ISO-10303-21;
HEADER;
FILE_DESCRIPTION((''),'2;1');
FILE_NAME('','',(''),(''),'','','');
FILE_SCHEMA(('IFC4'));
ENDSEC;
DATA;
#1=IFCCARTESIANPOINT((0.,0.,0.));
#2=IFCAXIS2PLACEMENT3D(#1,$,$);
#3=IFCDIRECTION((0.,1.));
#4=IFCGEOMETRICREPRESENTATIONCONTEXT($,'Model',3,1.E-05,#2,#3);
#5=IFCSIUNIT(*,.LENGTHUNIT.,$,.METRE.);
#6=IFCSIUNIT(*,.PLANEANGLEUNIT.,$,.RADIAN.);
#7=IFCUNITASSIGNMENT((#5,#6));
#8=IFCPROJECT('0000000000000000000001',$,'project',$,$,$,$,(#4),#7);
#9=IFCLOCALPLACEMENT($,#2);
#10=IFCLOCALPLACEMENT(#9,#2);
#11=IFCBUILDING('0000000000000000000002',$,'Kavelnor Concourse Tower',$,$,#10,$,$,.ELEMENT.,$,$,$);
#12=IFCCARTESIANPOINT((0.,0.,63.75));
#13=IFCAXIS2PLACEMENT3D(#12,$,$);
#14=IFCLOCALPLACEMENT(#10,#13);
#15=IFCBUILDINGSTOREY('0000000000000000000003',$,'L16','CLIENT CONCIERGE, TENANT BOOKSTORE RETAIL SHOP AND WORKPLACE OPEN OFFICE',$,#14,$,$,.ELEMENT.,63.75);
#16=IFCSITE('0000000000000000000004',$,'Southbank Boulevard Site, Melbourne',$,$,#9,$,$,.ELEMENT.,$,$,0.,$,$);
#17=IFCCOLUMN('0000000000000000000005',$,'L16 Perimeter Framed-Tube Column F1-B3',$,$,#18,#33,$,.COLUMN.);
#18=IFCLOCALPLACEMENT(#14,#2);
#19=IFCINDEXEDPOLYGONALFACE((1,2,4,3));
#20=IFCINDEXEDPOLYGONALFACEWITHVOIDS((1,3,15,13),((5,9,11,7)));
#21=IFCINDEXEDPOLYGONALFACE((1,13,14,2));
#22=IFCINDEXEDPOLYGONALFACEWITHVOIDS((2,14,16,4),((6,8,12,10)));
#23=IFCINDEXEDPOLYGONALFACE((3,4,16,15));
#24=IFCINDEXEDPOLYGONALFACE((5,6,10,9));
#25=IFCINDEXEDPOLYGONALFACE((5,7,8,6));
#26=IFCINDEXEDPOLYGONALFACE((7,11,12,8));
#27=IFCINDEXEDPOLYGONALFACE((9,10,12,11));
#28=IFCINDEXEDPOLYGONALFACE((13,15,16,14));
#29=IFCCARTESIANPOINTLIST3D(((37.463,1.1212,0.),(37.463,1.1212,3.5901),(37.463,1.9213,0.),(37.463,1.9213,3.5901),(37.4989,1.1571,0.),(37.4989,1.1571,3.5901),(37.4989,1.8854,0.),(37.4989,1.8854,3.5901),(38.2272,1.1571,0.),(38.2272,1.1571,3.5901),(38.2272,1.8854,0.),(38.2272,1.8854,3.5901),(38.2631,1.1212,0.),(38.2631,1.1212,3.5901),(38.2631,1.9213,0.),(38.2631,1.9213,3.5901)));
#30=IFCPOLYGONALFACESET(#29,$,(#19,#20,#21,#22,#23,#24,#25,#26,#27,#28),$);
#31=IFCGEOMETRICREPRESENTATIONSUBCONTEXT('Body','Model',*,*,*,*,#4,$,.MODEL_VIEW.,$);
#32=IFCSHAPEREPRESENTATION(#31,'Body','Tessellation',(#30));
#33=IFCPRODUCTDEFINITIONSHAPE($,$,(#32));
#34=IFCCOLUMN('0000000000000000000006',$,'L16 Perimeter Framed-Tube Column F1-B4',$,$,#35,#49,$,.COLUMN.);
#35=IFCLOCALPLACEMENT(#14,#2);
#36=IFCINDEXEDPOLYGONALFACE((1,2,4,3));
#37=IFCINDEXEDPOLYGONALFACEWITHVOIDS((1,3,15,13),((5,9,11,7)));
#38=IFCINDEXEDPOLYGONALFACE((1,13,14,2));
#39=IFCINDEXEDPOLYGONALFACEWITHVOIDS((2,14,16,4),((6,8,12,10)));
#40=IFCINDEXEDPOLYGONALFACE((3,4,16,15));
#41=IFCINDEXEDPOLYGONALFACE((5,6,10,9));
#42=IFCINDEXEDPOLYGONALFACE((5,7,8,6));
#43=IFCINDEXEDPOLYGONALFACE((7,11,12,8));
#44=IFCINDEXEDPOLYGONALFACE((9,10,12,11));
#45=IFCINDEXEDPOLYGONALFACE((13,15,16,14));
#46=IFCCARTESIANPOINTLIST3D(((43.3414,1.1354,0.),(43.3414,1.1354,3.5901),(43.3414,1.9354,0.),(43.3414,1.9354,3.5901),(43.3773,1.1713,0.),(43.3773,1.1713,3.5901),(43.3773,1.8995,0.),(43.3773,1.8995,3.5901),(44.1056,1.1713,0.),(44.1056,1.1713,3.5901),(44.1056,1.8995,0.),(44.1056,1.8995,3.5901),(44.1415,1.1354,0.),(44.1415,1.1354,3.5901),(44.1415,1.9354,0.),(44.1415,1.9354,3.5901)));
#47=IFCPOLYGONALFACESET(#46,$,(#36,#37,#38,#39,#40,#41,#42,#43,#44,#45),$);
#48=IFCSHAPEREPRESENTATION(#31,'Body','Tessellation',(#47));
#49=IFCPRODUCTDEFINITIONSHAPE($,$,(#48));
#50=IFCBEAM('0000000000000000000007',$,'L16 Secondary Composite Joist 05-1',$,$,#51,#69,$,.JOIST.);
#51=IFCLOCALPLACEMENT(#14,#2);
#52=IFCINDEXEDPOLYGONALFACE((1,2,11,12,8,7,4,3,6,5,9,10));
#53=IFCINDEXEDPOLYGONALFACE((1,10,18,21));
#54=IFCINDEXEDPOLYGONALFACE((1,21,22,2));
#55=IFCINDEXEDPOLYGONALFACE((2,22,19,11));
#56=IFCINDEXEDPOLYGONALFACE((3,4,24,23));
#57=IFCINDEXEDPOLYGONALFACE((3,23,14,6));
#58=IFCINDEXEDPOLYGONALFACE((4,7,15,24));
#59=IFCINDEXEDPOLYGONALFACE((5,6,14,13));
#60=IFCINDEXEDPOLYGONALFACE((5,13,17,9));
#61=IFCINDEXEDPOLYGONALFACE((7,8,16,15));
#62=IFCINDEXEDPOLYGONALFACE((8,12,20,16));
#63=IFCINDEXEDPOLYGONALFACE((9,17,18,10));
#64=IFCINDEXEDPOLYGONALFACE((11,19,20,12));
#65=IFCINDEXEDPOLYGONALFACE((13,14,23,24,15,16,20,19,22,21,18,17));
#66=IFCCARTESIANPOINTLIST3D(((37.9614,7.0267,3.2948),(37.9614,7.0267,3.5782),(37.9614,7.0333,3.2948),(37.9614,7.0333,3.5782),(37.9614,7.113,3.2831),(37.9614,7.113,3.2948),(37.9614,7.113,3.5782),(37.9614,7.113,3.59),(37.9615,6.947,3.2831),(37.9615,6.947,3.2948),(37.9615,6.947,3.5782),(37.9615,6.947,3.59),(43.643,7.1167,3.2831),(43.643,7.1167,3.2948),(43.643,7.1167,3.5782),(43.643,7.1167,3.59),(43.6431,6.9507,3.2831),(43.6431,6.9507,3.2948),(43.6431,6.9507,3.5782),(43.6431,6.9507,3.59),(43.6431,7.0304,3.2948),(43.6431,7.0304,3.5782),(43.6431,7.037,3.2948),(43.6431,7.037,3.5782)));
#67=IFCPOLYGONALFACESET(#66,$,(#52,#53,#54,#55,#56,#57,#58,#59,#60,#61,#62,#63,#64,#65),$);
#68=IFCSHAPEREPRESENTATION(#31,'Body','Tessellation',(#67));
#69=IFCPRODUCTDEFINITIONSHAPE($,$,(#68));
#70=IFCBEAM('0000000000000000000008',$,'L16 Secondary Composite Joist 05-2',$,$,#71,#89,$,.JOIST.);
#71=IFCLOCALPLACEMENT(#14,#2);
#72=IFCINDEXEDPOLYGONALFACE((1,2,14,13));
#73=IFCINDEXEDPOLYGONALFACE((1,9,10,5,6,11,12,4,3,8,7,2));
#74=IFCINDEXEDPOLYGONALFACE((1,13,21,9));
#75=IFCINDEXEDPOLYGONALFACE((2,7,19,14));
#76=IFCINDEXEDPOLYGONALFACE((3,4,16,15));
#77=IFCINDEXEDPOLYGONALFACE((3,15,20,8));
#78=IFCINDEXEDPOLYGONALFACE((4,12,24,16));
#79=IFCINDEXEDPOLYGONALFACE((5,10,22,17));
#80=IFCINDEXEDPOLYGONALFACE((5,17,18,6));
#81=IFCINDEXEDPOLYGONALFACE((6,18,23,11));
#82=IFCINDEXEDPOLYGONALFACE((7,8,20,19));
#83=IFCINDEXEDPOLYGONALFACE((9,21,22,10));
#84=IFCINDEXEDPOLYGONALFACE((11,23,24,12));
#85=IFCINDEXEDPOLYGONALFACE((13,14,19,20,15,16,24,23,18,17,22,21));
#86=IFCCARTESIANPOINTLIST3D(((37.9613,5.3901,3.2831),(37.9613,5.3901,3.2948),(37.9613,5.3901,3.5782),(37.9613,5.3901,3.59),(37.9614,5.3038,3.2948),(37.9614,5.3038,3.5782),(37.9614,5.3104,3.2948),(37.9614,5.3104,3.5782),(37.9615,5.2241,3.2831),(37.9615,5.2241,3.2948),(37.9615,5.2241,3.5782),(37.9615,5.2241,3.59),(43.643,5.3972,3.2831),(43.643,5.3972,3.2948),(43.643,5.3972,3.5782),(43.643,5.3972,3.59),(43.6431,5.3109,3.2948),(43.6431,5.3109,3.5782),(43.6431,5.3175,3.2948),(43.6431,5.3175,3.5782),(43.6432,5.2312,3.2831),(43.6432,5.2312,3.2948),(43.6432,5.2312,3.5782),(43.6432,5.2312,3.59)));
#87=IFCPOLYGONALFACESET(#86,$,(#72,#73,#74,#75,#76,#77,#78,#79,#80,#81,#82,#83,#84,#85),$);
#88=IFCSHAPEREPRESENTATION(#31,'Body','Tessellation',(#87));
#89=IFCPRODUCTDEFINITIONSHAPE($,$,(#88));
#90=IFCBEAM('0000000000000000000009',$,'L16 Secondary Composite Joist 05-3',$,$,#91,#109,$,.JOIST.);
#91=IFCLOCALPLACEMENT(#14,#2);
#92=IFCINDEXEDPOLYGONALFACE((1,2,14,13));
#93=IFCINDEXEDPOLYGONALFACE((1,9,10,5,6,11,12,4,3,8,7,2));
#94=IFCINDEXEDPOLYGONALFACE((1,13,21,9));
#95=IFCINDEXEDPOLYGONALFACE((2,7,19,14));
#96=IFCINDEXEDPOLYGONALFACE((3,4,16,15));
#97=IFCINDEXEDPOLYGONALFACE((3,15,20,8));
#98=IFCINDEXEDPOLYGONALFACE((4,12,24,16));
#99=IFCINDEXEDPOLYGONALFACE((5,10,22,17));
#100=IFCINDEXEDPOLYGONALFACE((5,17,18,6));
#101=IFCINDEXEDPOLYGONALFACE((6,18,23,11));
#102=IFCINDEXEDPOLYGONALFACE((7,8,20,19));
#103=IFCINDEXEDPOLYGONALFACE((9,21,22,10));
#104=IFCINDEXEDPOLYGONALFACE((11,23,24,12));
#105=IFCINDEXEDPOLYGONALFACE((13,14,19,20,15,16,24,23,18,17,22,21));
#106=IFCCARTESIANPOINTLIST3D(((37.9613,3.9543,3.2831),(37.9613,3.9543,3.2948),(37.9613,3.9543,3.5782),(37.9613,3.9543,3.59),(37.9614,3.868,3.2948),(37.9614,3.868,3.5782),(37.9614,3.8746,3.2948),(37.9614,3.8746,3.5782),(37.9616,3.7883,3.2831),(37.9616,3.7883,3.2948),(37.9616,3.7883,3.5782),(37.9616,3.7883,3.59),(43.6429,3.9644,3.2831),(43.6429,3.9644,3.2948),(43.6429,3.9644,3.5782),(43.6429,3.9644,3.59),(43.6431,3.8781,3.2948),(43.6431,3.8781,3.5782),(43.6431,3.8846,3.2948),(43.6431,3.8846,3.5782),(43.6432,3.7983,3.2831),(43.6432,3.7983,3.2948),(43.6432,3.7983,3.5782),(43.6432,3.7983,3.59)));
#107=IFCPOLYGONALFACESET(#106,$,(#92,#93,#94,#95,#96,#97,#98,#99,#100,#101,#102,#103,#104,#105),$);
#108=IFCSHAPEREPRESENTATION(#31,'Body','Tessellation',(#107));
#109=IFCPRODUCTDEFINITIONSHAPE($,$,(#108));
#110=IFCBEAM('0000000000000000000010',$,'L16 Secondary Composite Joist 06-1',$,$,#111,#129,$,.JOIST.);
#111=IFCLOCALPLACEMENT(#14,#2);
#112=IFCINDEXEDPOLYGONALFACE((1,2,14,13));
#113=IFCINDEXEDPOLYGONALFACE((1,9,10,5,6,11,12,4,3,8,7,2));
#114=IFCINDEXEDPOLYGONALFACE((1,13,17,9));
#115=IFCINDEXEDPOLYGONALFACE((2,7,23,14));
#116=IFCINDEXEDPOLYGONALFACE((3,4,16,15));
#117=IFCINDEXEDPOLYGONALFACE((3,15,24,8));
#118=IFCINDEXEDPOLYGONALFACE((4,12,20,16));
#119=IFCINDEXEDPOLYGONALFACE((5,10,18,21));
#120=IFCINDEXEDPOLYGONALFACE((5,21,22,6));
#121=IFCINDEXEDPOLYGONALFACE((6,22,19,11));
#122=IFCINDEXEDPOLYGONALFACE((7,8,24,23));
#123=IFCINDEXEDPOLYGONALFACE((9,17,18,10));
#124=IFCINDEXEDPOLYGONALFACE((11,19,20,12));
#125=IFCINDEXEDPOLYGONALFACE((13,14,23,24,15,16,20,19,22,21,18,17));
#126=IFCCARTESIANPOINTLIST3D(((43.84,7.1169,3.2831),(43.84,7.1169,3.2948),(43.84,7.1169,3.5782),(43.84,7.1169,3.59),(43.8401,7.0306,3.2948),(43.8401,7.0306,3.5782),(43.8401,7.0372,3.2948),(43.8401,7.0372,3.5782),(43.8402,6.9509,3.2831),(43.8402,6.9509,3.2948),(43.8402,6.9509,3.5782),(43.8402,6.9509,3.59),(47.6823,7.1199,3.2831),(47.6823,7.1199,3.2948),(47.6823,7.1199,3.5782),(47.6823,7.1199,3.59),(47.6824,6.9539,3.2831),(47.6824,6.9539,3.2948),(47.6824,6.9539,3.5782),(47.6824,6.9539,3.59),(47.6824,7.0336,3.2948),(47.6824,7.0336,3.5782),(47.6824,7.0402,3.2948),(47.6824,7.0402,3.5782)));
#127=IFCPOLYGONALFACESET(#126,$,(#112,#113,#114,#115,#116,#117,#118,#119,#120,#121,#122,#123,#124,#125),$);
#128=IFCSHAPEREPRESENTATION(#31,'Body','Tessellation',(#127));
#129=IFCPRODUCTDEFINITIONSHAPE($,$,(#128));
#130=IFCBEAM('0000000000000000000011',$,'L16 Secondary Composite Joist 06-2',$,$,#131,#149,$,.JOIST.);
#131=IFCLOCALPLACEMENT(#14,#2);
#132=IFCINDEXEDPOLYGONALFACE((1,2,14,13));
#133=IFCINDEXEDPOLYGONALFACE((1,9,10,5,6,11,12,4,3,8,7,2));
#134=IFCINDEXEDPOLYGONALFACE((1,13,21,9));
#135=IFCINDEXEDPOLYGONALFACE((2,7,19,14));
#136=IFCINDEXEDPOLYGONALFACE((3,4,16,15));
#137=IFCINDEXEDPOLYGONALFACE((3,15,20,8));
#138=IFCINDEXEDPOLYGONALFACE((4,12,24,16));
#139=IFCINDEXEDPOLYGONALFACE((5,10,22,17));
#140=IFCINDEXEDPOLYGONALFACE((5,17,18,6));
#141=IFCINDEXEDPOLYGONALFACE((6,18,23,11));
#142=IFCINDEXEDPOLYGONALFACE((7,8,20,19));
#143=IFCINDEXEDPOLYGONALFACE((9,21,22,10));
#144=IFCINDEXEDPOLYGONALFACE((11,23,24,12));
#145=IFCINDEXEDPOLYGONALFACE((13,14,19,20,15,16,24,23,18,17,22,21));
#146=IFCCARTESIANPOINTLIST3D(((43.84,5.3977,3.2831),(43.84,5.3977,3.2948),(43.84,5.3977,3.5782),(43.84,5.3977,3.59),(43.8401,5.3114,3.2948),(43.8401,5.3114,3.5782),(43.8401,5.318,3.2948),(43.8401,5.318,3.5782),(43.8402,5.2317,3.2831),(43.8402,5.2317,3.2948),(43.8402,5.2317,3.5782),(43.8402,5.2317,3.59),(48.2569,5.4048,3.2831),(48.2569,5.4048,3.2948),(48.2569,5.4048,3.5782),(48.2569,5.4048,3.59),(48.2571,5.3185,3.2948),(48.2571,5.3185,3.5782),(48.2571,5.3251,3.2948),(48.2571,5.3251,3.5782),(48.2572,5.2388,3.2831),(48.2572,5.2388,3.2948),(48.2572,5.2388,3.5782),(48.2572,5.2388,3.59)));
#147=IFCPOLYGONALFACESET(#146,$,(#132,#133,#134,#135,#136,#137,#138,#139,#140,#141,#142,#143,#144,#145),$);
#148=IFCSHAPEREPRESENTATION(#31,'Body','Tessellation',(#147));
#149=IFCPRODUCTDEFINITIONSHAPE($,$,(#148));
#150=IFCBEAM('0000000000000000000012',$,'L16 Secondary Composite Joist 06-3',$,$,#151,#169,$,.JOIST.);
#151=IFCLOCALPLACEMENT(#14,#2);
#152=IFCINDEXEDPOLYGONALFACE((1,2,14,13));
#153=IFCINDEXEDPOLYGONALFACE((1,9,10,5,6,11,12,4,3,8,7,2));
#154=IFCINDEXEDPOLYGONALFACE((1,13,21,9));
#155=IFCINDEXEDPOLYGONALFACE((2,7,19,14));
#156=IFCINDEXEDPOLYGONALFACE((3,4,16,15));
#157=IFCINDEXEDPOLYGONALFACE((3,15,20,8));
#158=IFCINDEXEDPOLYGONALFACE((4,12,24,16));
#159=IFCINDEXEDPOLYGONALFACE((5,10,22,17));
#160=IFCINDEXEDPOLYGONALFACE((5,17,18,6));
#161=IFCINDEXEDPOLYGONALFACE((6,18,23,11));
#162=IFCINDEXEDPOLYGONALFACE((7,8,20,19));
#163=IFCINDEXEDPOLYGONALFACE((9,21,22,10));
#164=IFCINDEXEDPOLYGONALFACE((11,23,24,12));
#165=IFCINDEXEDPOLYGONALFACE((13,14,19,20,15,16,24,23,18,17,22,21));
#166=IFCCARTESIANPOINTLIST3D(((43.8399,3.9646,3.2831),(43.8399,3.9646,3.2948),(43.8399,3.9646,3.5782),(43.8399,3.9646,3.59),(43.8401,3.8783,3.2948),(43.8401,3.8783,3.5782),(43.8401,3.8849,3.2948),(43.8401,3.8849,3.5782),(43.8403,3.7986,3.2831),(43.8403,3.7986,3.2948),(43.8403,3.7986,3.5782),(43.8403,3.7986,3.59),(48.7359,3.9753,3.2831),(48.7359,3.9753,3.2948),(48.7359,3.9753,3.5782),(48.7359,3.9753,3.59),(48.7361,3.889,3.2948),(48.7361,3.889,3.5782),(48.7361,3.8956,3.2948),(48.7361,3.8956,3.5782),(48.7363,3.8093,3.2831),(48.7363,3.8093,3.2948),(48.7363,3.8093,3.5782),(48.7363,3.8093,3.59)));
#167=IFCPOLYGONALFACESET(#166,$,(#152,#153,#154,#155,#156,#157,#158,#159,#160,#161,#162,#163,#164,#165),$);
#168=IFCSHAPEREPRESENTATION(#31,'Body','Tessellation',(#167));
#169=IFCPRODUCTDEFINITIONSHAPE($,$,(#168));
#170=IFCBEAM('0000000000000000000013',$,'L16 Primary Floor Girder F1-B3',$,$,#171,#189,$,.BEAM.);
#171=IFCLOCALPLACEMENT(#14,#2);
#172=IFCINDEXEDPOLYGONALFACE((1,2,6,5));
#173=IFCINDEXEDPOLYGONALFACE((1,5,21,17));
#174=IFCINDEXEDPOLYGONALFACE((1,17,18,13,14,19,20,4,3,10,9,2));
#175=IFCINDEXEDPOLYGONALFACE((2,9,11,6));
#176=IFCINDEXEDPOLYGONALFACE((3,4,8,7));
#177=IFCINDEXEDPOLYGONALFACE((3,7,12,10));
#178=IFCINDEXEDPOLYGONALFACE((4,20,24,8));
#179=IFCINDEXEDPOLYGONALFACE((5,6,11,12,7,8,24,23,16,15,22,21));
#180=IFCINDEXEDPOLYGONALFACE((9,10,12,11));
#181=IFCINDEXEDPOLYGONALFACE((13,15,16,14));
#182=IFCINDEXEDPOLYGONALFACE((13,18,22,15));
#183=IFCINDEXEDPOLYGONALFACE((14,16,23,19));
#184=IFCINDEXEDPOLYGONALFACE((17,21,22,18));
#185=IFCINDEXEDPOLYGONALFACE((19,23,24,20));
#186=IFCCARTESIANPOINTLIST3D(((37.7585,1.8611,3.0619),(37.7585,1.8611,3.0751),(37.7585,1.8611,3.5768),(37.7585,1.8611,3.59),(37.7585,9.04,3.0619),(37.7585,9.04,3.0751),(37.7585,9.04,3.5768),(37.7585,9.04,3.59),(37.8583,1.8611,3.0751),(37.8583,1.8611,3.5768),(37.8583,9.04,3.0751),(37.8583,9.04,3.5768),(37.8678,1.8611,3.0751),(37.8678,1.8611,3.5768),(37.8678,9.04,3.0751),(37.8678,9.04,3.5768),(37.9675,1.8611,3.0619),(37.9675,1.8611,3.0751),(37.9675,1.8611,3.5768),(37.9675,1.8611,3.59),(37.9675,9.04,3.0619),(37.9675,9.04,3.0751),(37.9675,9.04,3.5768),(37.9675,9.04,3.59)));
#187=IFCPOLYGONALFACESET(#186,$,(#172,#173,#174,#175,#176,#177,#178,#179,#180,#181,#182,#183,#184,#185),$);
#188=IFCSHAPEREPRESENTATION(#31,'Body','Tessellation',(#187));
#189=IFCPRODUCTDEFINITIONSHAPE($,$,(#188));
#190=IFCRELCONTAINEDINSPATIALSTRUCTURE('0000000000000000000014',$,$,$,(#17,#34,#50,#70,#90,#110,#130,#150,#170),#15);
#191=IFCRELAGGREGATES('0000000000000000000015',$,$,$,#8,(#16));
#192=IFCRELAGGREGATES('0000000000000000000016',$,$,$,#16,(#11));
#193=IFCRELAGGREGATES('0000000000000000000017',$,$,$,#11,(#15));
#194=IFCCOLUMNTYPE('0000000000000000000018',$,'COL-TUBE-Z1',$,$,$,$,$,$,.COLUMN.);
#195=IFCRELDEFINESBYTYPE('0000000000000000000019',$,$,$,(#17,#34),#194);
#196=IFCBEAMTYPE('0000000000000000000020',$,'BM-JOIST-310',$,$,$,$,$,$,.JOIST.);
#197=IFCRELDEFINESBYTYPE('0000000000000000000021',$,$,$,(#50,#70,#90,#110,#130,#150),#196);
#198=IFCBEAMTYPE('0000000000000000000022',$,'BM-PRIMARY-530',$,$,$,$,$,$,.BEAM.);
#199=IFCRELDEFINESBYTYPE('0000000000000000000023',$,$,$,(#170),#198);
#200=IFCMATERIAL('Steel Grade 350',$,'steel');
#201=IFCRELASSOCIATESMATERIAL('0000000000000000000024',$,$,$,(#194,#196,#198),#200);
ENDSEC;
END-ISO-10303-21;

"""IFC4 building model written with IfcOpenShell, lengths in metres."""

from ifc_helpers import new_model, si_unit, direction, frame, origin, origin_2d, place, context, subcontext, project, spatial, hollow_rectangle, i_section, extrude, material, material_profile, profile_set, type_object, element, save


model = new_model("IFC4")

# Units and contexts
model_context = context("Model", 3, precision=1e-05, world=origin(), true_north=direction((0.0, 1.0)))
body_context = subcontext(model_context, "Body", "Model", "MODEL_VIEW")
ifc_project = project(units=[si_unit("LENGTHUNIT", "METRE"), si_unit("PLANEANGLEUNIT", "RADIAN")], contexts=[model_context])

# Site, building, storey
site_placement = place(None, origin())
site = spatial("IfcSite", under=ifc_project, at=site_placement, Name="Southbank Boulevard Site, Melbourne", CompositionType="ELEMENT", RefElevation=0.0)
building_placement = place(site_placement, origin())
building = spatial("IfcBuilding", under=site, at=building_placement, Name="Kavelnor Concourse Tower", CompositionType="ELEMENT")
storey_placement = place(building_placement, frame((0.0, 0.0, 63.75)))
storey = spatial("IfcBuildingStorey", under=building, at=storey_placement, Name="L16", Description="CLIENT CONCIERGE, TENANT BOOKSTORE RETAIL SHOP AND WORKPLACE OPEN OFFICE", CompositionType="ELEMENT", Elevation=63.75)

# Columns
ifc_material_1 = material(Name="Steel Grade 350", Category="steel")
ifc_material_profile_1 = material_profile(ifc_material_1, hollow_rectangle(XDim=0.8, YDim=0.8, WallThickness=0.0359, at=origin_2d()), Name="SHS 800x800x36")
ifc_profile_set_1 = profile_set([ifc_material_profile_1], Name="Steel Grade 350")
column_type = type_object("IfcColumnType", Name="COL-TUBE-Z1", PredefinedType="COLUMN", material=ifc_profile_set_1)
for number, where, z_axis, x_axis, name in (
    (1, (37.863, 1.5212, 0.0), (0.0, 0.0, 1.0), (1.0, 0.0, 0.0), "L16 Perimeter Framed-Tube Column F1-B3"),
    (2, (43.7415, 1.5354, 0.0), (0.0, 0.0, 1.0), (1.0, 0.0, 0.0), "L16 Perimeter Framed-Tube Column F1-B4"),
):
    element("IfcColumn", number, at=place(storey_placement, frame(where, z_axis=z_axis, x_axis=x_axis)), inside=storey, type_object=column_type, Name=name, PredefinedType="COLUMN", context=body_context, shape_type="SweptSolid", body=[
        extrude(hollow_rectangle(XDim=0.8, YDim=0.8, WallThickness=0.0359, at=origin_2d()), origin(), (0.0, 0.0, 1.0), 3.5901),
    ])

# Beams
ifc_material_profile_2 = material_profile(ifc_material_1, i_section(OverallWidth=0.166, OverallDepth=0.3069, WebThickness=0.0066, FlangeThickness=0.0117, at=origin_2d()), Name="310UB46")
ifc_profile_set_2 = profile_set([ifc_material_profile_2], Name="Steel Grade 350")
beam_type_1 = type_object("IfcBeamType", Name="BM-JOIST-310", PredefinedType="JOIST", material=ifc_profile_set_2)
for number, where, z_axis, x_axis, name in (
    (3, (37.9614, 7.03, 3.4365), (1.0, 0.000645, 0.0), (-0.000645, 1.0, 0.0), "L16 Secondary Composite Joist 05-1"),
    (4, (37.9614, 5.3071, 3.4365), (0.999999, 0.001246, 0.0), (-0.001246, 0.999999, 0.0), "L16 Secondary Composite Joist 05-2"),
    (5, (37.9614, 3.8713, 3.4365), (0.999998, 0.001762, 0.0), (-0.001762, 0.999998, 0.0), "L16 Secondary Composite Joist 05-3"),
):
    element("IfcBeam", number, at=place(storey_placement, frame(where, z_axis=z_axis, x_axis=x_axis)), inside=storey, type_object=beam_type_1, Name=name, PredefinedType="JOIST", context=body_context, shape_type="SweptSolid", body=[
        extrude(i_section(OverallWidth=0.166, OverallDepth=0.3069, WebThickness=0.0066, FlangeThickness=0.0117, at=origin_2d()), origin(), (0.0, 0.0, 1.0), 5.6816),
    ])
beam_1_placement = place(storey_placement, frame((43.8401, 7.0339, 3.4365), z_axis=(1.0, 0.000762, 0.0), x_axis=(-0.000762, 1.0, 0.0)))
element("IfcBeam", 6, at=beam_1_placement, inside=storey, type_object=beam_type_1, Name="L16 Secondary Composite Joist 06-1", PredefinedType="JOIST", context=body_context, shape_type="SweptSolid", body=[
    extrude(i_section(OverallWidth=0.166, OverallDepth=0.3069, WebThickness=0.0066, FlangeThickness=0.0117, at=origin_2d()), origin(), (0.0, 0.0, 1.0), 3.8423),
])
beam_2_placement = place(storey_placement, frame((43.8401, 5.3147, 3.4365), z_axis=(0.999999, 0.001603, 0.0), x_axis=(-0.001603, 0.999999, 0.0)))
element("IfcBeam", 7, at=beam_2_placement, inside=storey, type_object=beam_type_1, Name="L16 Secondary Composite Joist 06-2", PredefinedType="JOIST", context=body_context, shape_type="SweptSolid", body=[
    extrude(i_section(OverallWidth=0.166, OverallDepth=0.3069, WebThickness=0.0066, FlangeThickness=0.0117, at=origin_2d()), origin(), (0.0, 0.0, 1.0), 4.417),
])
beam_3_placement = place(storey_placement, frame((43.8401, 3.8816, 3.4365), z_axis=(0.999998, 0.002194, 0.0), x_axis=(-0.002194, 0.999998, 0.0)))
element("IfcBeam", 8, at=beam_3_placement, inside=storey, type_object=beam_type_1, Name="L16 Secondary Composite Joist 06-3", PredefinedType="JOIST", context=body_context, shape_type="SweptSolid", body=[
    extrude(i_section(OverallWidth=0.166, OverallDepth=0.3069, WebThickness=0.0066, FlangeThickness=0.0117, at=origin_2d()), origin(), (0.0, 0.0, 1.0), 4.896),
])
ifc_material_profile_3 = material_profile(ifc_material_1, i_section(OverallWidth=0.209, OverallDepth=0.5281, WebThickness=0.0095, FlangeThickness=0.0132, at=origin_2d()), Name="530UB82")
ifc_profile_set_3 = profile_set([ifc_material_profile_3], Name="Steel Grade 350")
beam_type_2 = type_object("IfcBeamType", Name="BM-PRIMARY-530", PredefinedType="BEAM", material=ifc_profile_set_3)
beam_4_placement = place(storey_placement, frame((37.863, 9.04, 3.3259), z_axis=(0.0, -1.0, 0.0), x_axis=(1.0, 0.0, 0.0)))
element("IfcBeam", 9, at=beam_4_placement, inside=storey, type_object=beam_type_2, Name="L16 Primary Floor Girder F1-B3", PredefinedType="BEAM", context=body_context, shape_type="SweptSolid", body=[
    extrude(i_section(OverallWidth=0.209, OverallDepth=0.5281, WebThickness=0.0095, FlangeThickness=0.0132, at=origin_2d()), origin(), (0.0, 0.0, 1.0), 7.179),
])

save(model, "model.ifc")
